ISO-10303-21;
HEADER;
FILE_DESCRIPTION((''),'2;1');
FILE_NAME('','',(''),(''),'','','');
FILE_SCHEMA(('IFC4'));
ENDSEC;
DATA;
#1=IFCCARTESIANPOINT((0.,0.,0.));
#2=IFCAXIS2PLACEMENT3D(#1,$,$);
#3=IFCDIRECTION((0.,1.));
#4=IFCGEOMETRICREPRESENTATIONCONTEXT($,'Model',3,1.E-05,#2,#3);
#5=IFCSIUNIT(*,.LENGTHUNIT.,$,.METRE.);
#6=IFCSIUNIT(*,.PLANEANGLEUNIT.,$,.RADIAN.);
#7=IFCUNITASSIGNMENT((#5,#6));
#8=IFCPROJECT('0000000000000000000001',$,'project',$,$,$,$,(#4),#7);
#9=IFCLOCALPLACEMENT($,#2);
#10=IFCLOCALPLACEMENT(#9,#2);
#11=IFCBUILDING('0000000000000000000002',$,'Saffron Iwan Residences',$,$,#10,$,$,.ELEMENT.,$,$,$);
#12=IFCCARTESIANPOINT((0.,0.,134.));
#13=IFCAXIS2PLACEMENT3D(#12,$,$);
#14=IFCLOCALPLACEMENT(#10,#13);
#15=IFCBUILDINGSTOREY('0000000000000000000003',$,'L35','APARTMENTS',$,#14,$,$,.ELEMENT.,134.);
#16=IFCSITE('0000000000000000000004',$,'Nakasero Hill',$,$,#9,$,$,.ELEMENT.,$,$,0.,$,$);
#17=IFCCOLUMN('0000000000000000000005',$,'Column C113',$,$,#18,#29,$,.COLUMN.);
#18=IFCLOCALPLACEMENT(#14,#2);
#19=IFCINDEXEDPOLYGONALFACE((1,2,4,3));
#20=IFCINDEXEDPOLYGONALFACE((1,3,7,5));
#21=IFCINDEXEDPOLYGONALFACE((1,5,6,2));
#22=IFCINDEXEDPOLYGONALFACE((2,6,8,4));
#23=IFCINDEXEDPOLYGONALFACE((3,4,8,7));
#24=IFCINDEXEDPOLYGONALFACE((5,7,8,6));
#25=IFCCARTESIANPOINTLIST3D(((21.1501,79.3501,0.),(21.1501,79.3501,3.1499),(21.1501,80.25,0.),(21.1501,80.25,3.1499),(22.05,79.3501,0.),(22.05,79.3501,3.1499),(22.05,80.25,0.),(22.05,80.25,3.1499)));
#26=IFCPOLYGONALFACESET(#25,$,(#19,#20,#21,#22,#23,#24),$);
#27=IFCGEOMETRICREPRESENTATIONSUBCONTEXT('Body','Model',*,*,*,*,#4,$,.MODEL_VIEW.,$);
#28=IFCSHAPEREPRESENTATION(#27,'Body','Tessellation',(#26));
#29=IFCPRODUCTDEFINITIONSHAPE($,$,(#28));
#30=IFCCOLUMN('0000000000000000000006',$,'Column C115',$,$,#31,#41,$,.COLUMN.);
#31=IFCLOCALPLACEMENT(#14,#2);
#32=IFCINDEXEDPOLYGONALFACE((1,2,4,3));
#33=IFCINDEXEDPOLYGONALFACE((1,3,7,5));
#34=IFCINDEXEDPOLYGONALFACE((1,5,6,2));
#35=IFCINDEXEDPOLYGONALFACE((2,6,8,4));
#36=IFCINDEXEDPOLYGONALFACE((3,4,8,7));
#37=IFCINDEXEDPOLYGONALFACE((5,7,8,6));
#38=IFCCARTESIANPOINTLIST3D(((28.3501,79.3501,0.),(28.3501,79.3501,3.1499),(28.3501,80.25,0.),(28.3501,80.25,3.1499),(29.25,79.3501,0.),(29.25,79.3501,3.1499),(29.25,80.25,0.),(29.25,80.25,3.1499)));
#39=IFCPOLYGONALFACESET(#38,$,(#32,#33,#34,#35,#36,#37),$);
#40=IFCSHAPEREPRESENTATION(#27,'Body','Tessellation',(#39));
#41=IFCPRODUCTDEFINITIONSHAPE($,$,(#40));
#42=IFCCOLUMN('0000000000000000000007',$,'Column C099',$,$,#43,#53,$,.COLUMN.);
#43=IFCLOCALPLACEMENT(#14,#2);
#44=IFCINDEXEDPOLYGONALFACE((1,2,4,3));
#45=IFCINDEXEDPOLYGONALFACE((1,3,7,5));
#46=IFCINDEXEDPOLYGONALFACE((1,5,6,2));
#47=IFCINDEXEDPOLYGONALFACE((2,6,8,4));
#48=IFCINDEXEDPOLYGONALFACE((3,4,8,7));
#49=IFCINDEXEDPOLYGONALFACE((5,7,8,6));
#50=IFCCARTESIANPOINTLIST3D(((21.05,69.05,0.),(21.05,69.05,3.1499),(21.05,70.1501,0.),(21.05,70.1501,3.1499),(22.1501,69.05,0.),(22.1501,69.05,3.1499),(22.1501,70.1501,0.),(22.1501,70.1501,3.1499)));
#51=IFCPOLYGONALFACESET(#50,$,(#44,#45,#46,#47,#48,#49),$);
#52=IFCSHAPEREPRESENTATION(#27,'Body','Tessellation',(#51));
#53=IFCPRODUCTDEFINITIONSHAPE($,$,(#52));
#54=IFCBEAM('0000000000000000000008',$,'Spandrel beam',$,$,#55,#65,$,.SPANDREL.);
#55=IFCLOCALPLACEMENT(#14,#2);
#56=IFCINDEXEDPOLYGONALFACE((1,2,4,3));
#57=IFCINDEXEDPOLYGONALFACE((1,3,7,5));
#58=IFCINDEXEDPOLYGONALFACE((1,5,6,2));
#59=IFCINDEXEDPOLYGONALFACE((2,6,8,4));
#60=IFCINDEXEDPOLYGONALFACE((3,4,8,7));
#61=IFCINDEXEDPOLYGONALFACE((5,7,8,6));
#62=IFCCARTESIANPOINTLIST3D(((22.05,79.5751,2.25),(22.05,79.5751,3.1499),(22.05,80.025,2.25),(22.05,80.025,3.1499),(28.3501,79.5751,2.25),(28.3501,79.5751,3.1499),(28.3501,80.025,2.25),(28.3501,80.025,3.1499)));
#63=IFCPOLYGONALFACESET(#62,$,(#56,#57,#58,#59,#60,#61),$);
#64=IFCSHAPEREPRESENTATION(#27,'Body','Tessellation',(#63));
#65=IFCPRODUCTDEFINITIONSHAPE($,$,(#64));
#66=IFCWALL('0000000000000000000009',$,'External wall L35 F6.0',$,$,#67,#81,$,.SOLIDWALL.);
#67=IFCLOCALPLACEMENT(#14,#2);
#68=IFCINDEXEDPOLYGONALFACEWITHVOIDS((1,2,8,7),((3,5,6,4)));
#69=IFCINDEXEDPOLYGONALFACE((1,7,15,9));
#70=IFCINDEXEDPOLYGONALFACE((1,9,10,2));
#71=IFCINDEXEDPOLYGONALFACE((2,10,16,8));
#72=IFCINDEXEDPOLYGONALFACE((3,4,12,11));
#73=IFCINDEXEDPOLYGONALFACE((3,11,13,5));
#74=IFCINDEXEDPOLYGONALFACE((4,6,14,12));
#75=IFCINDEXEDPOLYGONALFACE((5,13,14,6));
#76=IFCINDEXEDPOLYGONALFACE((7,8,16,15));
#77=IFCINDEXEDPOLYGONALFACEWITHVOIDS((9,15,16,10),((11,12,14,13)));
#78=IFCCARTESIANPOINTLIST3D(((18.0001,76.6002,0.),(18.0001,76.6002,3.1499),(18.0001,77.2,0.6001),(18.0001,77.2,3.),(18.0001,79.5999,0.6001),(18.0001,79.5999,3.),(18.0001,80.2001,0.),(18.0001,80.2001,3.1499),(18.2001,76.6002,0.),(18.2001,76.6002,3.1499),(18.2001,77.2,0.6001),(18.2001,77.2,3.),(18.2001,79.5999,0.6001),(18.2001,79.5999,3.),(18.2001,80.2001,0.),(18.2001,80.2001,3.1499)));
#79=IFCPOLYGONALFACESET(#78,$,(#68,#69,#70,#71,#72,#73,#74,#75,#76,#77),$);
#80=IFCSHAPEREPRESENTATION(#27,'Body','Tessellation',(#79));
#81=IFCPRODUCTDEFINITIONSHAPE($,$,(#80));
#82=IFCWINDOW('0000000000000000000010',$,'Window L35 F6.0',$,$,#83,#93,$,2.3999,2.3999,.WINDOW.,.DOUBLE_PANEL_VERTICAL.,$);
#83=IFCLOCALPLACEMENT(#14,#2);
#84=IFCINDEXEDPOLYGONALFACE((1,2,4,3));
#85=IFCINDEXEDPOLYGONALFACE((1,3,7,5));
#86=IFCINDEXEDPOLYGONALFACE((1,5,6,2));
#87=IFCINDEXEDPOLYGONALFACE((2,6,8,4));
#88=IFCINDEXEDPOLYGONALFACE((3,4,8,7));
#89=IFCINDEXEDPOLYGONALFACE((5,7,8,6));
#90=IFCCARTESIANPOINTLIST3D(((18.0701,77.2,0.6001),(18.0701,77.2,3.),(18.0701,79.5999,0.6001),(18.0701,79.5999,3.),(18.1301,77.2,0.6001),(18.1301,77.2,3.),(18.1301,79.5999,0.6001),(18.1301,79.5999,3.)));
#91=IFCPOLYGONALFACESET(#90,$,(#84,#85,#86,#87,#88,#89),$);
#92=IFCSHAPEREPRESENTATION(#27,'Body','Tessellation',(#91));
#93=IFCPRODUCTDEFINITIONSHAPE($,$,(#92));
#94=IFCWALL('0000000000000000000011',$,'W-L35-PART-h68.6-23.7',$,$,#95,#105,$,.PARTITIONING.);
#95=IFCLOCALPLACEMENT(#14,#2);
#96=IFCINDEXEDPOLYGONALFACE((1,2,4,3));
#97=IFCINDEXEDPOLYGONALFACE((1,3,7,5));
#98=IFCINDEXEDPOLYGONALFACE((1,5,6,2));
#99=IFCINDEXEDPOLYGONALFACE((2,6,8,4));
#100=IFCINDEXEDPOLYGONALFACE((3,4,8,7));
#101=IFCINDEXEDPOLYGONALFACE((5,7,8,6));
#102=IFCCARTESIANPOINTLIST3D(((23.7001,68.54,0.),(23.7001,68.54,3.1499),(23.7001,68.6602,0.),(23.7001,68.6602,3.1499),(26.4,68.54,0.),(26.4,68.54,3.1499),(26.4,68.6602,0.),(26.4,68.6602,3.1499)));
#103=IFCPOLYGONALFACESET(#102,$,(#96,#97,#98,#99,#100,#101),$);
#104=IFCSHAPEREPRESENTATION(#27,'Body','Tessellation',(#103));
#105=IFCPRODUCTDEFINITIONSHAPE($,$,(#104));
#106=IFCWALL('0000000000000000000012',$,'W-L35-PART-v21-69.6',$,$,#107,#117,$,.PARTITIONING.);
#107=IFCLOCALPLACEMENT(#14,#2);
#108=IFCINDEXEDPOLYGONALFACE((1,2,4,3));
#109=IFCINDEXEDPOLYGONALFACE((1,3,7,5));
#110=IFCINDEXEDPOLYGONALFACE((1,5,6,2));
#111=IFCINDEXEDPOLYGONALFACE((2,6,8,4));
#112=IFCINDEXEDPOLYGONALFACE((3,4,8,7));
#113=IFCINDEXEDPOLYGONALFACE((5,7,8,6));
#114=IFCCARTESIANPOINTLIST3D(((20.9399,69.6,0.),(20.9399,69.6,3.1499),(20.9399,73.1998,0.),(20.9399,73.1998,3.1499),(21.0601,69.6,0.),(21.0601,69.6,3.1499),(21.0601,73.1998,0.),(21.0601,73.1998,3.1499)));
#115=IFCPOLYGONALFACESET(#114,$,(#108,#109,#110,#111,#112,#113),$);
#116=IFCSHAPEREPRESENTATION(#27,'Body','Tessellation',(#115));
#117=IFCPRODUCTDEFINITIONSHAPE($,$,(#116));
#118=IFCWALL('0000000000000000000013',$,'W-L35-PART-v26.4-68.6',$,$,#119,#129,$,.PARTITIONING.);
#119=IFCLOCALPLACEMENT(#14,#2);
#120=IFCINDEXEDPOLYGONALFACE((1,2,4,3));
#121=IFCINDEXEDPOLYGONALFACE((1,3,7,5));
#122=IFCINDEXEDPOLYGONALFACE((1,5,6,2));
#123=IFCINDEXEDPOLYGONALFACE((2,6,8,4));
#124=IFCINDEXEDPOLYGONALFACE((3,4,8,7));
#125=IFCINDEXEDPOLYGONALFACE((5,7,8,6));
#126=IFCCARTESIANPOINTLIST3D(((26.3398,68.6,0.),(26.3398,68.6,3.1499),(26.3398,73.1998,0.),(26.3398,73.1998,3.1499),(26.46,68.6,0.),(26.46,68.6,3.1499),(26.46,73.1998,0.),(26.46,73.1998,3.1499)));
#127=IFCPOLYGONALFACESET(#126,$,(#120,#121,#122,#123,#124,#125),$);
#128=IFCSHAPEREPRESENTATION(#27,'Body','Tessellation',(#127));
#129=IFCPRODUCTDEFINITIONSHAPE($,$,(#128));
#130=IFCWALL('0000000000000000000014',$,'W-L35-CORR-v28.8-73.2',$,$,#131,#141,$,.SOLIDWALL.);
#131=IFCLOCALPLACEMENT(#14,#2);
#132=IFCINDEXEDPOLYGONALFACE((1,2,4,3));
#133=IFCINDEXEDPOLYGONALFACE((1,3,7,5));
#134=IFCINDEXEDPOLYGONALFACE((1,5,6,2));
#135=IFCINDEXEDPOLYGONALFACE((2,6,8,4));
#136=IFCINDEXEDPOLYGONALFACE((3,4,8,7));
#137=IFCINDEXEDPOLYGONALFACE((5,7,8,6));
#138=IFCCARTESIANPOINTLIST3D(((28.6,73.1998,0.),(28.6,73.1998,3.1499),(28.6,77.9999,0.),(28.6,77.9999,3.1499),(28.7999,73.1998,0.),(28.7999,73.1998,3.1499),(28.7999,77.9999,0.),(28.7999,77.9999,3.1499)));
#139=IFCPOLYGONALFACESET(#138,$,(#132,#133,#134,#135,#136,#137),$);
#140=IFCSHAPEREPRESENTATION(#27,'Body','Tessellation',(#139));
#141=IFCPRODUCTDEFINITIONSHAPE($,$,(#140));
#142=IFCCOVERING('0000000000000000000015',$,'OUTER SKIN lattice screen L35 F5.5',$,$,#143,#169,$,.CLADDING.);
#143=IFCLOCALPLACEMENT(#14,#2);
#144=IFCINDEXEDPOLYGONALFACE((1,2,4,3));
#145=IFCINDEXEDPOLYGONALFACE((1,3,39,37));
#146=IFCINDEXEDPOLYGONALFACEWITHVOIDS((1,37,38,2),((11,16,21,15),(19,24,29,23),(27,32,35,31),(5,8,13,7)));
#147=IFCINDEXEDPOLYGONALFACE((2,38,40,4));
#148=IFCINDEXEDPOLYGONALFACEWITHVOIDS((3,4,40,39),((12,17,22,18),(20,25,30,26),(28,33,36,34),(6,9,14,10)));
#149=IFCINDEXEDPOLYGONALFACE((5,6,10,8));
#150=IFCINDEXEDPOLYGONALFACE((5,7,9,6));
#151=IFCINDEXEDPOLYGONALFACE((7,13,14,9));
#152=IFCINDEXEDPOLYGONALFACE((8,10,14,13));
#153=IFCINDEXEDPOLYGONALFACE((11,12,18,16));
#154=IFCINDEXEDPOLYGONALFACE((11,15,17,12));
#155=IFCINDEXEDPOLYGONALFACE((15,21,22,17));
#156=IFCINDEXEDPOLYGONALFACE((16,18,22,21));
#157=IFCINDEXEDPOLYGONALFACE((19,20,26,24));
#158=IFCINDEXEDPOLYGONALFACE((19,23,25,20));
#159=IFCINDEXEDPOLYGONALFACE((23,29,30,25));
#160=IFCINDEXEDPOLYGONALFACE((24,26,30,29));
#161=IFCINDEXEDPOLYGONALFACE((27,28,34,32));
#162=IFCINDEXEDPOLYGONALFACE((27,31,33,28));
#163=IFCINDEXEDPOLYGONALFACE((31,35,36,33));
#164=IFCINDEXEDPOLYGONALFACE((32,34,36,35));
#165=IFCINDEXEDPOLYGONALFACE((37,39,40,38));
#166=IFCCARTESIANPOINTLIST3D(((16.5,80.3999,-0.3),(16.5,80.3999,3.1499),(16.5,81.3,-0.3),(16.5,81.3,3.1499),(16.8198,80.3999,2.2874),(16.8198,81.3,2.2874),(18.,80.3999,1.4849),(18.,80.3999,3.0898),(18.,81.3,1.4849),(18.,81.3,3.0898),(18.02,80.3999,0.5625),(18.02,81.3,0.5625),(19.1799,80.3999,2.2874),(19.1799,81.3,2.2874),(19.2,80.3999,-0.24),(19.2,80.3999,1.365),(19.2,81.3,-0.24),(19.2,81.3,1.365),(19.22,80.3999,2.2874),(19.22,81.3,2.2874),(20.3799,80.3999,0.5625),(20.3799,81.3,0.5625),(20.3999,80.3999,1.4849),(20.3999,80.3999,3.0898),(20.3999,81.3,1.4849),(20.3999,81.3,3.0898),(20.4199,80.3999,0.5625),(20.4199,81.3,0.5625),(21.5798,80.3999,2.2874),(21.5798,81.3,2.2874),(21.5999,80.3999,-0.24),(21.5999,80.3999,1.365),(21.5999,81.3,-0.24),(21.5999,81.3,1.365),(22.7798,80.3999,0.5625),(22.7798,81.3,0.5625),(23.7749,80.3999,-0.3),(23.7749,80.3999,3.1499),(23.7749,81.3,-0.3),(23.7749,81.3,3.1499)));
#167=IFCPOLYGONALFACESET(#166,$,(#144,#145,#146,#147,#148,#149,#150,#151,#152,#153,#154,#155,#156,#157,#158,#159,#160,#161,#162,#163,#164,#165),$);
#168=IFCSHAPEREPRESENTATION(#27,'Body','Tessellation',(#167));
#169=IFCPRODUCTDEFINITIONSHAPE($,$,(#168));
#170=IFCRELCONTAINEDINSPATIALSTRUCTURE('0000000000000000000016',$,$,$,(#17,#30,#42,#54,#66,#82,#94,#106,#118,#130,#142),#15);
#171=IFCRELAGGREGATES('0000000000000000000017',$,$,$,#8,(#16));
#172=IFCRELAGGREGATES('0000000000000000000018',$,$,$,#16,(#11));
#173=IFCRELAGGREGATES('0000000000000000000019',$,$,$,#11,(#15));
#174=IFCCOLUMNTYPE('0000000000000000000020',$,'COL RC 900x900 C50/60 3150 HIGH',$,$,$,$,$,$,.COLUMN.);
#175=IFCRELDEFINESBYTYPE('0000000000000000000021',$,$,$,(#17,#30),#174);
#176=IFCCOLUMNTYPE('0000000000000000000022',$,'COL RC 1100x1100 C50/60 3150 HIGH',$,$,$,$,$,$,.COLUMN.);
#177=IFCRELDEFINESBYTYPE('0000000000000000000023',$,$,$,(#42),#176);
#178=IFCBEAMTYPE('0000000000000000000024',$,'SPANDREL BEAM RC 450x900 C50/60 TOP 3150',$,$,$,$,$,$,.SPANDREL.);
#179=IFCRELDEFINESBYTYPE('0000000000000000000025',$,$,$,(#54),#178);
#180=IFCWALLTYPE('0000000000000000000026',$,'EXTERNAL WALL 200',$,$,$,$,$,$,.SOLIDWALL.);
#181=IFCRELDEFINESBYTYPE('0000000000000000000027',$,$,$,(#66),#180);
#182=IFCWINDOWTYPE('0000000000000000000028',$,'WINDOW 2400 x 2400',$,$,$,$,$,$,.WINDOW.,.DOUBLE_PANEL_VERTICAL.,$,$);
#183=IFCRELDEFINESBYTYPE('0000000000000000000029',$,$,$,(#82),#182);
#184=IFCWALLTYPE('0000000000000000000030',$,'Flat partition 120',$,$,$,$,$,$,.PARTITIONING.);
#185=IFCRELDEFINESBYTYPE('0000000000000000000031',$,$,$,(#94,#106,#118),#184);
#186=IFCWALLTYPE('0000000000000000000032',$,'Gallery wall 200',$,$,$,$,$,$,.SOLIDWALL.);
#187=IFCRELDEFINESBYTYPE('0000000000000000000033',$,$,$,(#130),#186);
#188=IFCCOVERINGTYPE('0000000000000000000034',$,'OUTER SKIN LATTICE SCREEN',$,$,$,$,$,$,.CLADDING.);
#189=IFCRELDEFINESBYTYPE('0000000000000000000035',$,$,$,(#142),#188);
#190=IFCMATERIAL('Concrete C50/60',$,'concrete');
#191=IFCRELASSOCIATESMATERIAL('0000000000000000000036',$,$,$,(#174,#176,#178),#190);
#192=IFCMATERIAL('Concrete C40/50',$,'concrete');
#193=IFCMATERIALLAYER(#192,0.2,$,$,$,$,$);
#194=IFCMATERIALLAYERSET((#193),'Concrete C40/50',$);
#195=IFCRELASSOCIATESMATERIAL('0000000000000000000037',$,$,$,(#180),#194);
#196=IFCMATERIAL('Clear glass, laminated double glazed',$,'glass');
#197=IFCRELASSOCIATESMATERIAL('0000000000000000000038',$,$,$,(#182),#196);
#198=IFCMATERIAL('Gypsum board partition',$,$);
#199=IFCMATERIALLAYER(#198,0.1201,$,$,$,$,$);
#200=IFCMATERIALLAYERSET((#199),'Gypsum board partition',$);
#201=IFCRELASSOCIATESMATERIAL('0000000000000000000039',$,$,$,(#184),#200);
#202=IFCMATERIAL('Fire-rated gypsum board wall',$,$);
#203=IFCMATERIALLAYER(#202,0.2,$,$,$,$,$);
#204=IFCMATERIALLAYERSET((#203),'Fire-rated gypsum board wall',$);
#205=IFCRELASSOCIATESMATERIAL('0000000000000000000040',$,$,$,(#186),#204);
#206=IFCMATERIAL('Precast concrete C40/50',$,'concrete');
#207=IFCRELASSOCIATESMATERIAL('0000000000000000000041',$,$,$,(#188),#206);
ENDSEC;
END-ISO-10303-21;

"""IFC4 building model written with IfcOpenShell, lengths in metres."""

from ifc_helpers import new_model, si_unit, direction, frame, frame_2d, origin, origin_2d, place, context, subcontext, project, spatial, polyline, rectangle, outline, extrude, source, transform, mapped, material, layer, layer_set, material_profile, profile_set, type_object, element, fill, save


model = new_model("IFC4")

# Units and contexts
model_context = context("Model", 3, precision=1e-05, world=origin(), true_north=direction((0.0, 1.0)))
body_context = subcontext(model_context, "Body", "Model", "MODEL_VIEW")
ifc_project = project(units=[si_unit("LENGTHUNIT", "METRE"), si_unit("PLANEANGLEUNIT", "RADIAN")], contexts=[model_context])

# Site, building, storey
site_placement = place(None, origin())
site = spatial("IfcSite", under=ifc_project, at=site_placement, Name="Nakasero Hill", CompositionType="ELEMENT", RefElevation=0.0)
building_placement = place(site_placement, origin())
building = spatial("IfcBuilding", under=site, at=building_placement, Name="Saffron Iwan Residences", CompositionType="ELEMENT")
storey_placement = place(building_placement, frame((0.0, 0.0, 134.0)))
storey = spatial("IfcBuildingStorey", under=building, at=storey_placement, Name="L35", Description="APARTMENTS", CompositionType="ELEMENT", Elevation=134.0)

# Columns
ifc_material_1 = material(Name="Concrete C50/60", Category="concrete")
ifc_material_profile_1 = material_profile(ifc_material_1, rectangle(XDim=0.8999, YDim=0.8999, at=origin_2d()), Name="RC 900x900")
ifc_profile_set_1 = profile_set([ifc_material_profile_1], Name="Concrete C50/60")
column_type_1 = type_object("IfcColumnType", Name="COL RC 900x900 C50/60 3150 HIGH", PredefinedType="COLUMN", material=ifc_profile_set_1)
shared_shape_1 = source(origin(), body_context, "Body", "SweptSolid", [
    extrude(rectangle(XDim=0.8999, YDim=0.8999, at=origin_2d()), origin(), (0.0, 0.0, 1.0), 3.1499),
])
for number, where, z_axis, x_axis, name in (
    (1, (21.6001, 79.8, 0.0), (0.0, 0.0, 1.0), (1.0, 0.0, 0.0), "Column C113"),
    (2, (28.8, 79.8, 0.0), (0.0, 0.0, 1.0), (1.0, 0.0, 0.0), "Column C115"),
):
    element("IfcColumn", number, at=place(storey_placement, frame(where, z_axis=z_axis, x_axis=x_axis)), inside=storey, type_object=column_type_1, Name=name, PredefinedType="COLUMN", context=body_context, shape_type="MappedRepresentation", body=[
        mapped(shared_shape_1, transform((0.0, 0.0, 0.0))),
    ])
ifc_material_profile_2 = material_profile(ifc_material_1, rectangle(XDim=1.1001, YDim=1.1001, at=origin_2d()), Name="RC 1100x1100")
ifc_profile_set_2 = profile_set([ifc_material_profile_2], Name="Concrete C50/60")
column_type_2 = type_object("IfcColumnType", Name="COL RC 1100x1100 C50/60 3150 HIGH", PredefinedType="COLUMN", material=ifc_profile_set_2)
shared_shape_2 = source(origin(), body_context, "Body", "SweptSolid", [
    extrude(rectangle(XDim=1.1001, YDim=1.1001, at=origin_2d()), origin(), (0.0, 0.0, 1.0), 3.1499),
])
column_placement = place(storey_placement, frame((21.6001, 69.6001, 0.0), z_axis=(0.0, 0.0, 1.0), x_axis=(1.0, 0.0, 0.0)))
element("IfcColumn", 3, at=column_placement, inside=storey, type_object=column_type_2, Name="Column C099", PredefinedType="COLUMN", context=body_context, shape_type="MappedRepresentation", body=[
    mapped(shared_shape_2, transform((0.0, 0.0, 0.0))),
])

# Beam
ifc_material_profile_3 = material_profile(ifc_material_1, rectangle(XDim=0.45, YDim=0.8999, at=origin_2d()), Name="RC 450x900")
ifc_profile_set_3 = profile_set([ifc_material_profile_3], Name="Concrete C50/60")
beam_type = type_object("IfcBeamType", Name="SPANDREL BEAM RC 450x900 C50/60 TOP 3150", PredefinedType="SPANDREL", material=ifc_profile_set_3)
shared_shape_3 = source(origin(), body_context, "Body", "SweptSolid", [
    extrude(rectangle(XDim=0.45, YDim=0.8999, at=origin_2d()), origin(), (0.0, 0.0, 1.0), 6.3),
])
beam_placement = place(storey_placement, frame((22.05, 79.8, 2.7), z_axis=(1.0, 0.0, 0.0), x_axis=(0.0, 1.0, 0.0)))
element("IfcBeam", 4, at=beam_placement, inside=storey, type_object=beam_type, Name="Spandrel beam", PredefinedType="SPANDREL", context=body_context, shape_type="MappedRepresentation", body=[
    mapped(shared_shape_3, transform((0.0, 0.0, 0.0))),
])

# Wall, opening, window
ifc_material_2 = material(Name="Concrete C40/50", Category="concrete")
ifc_layer_1 = layer(ifc_material_2, 0.2)
ifc_layer_set_1 = layer_set([ifc_layer_1], Name="Concrete C40/50")
wall_type_1 = type_object("IfcWallType", Name="EXTERNAL WALL 200", PredefinedType="SOLIDWALL", material=ifc_layer_set_1)
wall_1_placement = place(storey_placement, frame((18.1001, 80.2, 0.0), z_axis=(0.0, 0.0, 1.0), x_axis=(0.0, -1.0, 0.0)))
wall_1 = element("IfcWall", 5, at=wall_1_placement, inside=storey, type_object=wall_type_1, Name="External wall L35 F6.0", PredefinedType="SOLIDWALL", context=body_context, shape_type="SweptSolid", body=[
    extrude(rectangle(XDim=3.5999, YDim=0.2, at=frame_2d((1.7998, 0.0))), origin(), (0.0, 0.0, 1.0), 3.1499),
])
opening_placement = place(wall_1_placement, frame((0.6001, 0.0, 0.6001)))
opening = element("IfcOpeningElement", 6, at=opening_placement, cuts=wall_1, PredefinedType="OPENING", context=body_context, shape_type="SweptSolid", body=[
    extrude(rectangle(XDim=2.3999, YDim=2.3999, at=frame_2d((1.2, 1.2))), frame((0.0, 0.1099, 0.0), z_axis=(0.0, -1.0, 0.0), x_axis=(1.0, 0.0, 0.0)), (0.0, 0.0, 1.0), 0.22),
])
ifc_material_3 = material(Name="Clear glass, laminated double glazed", Category="glass")
window_type = type_object("IfcWindowType", Name="WINDOW 2400 x 2400", PartitioningType="DOUBLE_PANEL_VERTICAL", PredefinedType="WINDOW", material=ifc_material_3)
window_placement = place(opening_placement, origin())
window = element("IfcWindow", 7, at=window_placement, inside=storey, type_object=window_type, Name="Window L35 F6.0", OverallHeight=2.3999, OverallWidth=2.3999, PartitioningType="DOUBLE_PANEL_VERTICAL", PredefinedType="WINDOW", context=body_context, shape_type="SweptSolid", body=[
    extrude(rectangle(XDim=2.3999, YDim=2.3999, at=frame_2d((1.2, 1.2))), frame((0.0, 0.03, 0.0), z_axis=(0.0, -1.0, 0.0), x_axis=(1.0, 0.0, 0.0)), (0.0, 0.0, 1.0), 0.0601),
])
fill(opening, window)

# Walls
ifc_material_4 = material(Name="Gypsum board partition")
ifc_layer_2 = layer(ifc_material_4, 0.1201)
ifc_layer_set_2 = layer_set([ifc_layer_2], Name="Gypsum board partition")
wall_type_2 = type_object("IfcWallType", Name="Flat partition 120", PredefinedType="PARTITIONING", material=ifc_layer_set_2)
wall_2_placement = place(storey_placement, frame((23.7, 68.6001, 0.0), z_axis=(0.0, 0.0, 1.0), x_axis=(1.0, 0.0, 0.0)))
element("IfcWall", 8, at=wall_2_placement, inside=storey, type_object=wall_type_2, Name="W-L35-PART-h68.6-23.7", PredefinedType="PARTITIONING", context=body_context, shape_type="SweptSolid", body=[
    extrude(rectangle(XDim=2.7, YDim=0.1201, at=frame_2d((1.3501, 0.0))), origin(), (0.0, 0.0, 1.0), 3.1499),
])
wall_3_placement = place(storey_placement, frame((21.0, 69.6001, 0.0), z_axis=(0.0, 0.0, 1.0), x_axis=(0.0, 1.0, 0.0)))
element("IfcWall", 9, at=wall_3_placement, inside=storey, type_object=wall_type_2, Name="W-L35-PART-v21-69.6", PredefinedType="PARTITIONING", context=body_context, shape_type="SweptSolid", body=[
    extrude(rectangle(XDim=3.5999, YDim=0.1201, at=frame_2d((1.7998, 0.0))), origin(), (0.0, 0.0, 1.0), 3.1499),
])
wall_4_placement = place(storey_placement, frame((26.3999, 68.6001, 0.0), z_axis=(0.0, 0.0, 1.0), x_axis=(0.0, 1.0, 0.0)))
element("IfcWall", 10, at=wall_4_placement, inside=storey, type_object=wall_type_2, Name="W-L35-PART-v26.4-68.6", PredefinedType="PARTITIONING", context=body_context, shape_type="SweptSolid", body=[
    extrude(rectangle(XDim=4.5999, YDim=0.1201, at=frame_2d((2.2998, 0.0))), origin(), (0.0, 0.0, 1.0), 3.1499),
])
ifc_material_5 = material(Name="Fire-rated gypsum board wall")
ifc_layer_3 = layer(ifc_material_5, 0.2)
ifc_layer_set_3 = layer_set([ifc_layer_3], Name="Fire-rated gypsum board wall")
wall_type_3 = type_object("IfcWallType", Name="Gallery wall 200", PredefinedType="SOLIDWALL", material=ifc_layer_set_3)
wall_5_placement = place(storey_placement, frame((28.7, 73.2, 0.0), z_axis=(0.0, 0.0, 1.0), x_axis=(0.0, 1.0, 0.0)))
element("IfcWall", 11, at=wall_5_placement, inside=storey, type_object=wall_type_3, Name="W-L35-CORR-v28.8-73.2", PredefinedType="SOLIDWALL", context=body_context, shape_type="SweptSolid", body=[
    extrude(rectangle(XDim=4.8, YDim=0.2, at=frame_2d((2.3999, 0.0))), origin(), (0.0, 0.0, 1.0), 3.1499),
])

# Covering
ifc_material_6 = material(Name="Precast concrete C40/50", Category="concrete")
covering_type_1 = type_object("IfcCoveringType", Name="OUTER SKIN LATTICE SCREEN", PredefinedType="CLADDING", material=ifc_material_6)
covering_1_placement = place(storey_placement, frame((23.7749, 80.3999, -0.3), z_axis=(0.0, 1.0, 0.0), x_axis=(-1.0, 0.0, 0.0)))
element("IfcCovering", 12, at=covering_1_placement, inside=storey, type_object=covering_type_1, Name="OUTER SKIN lattice screen L35 F5.5", PredefinedType="CLADDING", context=body_context, shape_type="SweptSolid", body=[
    extrude(outline(polyline([(0.0, 0.0), (7.2749, 0.0), (7.2749, 3.45), (0.0, 3.45), (0.0, 0.0)]), holes=[polyline([(0.9951, 0.8625), (2.175, 0.0601), (3.355, 0.8625), (2.175, 1.665), (0.9951, 0.8625)]), polyline([(3.395, 0.8625), (4.575, 0.0601), (5.7549, 0.8625), (4.575, 1.665), (3.395, 0.8625)]), polyline([(2.1951, 2.5874), (3.375, 1.7849), (4.5549, 2.5874), (3.375, 3.3899), (2.1951, 2.5874)]), polyline([(4.595, 2.5874), (5.7749, 1.7849), (6.9551, 2.5874), (5.7749, 3.3899), (4.595, 2.5874)])]), origin(), (0.0, 0.0, 1.0), 0.9001),
])

save(model, "model.ifc")
